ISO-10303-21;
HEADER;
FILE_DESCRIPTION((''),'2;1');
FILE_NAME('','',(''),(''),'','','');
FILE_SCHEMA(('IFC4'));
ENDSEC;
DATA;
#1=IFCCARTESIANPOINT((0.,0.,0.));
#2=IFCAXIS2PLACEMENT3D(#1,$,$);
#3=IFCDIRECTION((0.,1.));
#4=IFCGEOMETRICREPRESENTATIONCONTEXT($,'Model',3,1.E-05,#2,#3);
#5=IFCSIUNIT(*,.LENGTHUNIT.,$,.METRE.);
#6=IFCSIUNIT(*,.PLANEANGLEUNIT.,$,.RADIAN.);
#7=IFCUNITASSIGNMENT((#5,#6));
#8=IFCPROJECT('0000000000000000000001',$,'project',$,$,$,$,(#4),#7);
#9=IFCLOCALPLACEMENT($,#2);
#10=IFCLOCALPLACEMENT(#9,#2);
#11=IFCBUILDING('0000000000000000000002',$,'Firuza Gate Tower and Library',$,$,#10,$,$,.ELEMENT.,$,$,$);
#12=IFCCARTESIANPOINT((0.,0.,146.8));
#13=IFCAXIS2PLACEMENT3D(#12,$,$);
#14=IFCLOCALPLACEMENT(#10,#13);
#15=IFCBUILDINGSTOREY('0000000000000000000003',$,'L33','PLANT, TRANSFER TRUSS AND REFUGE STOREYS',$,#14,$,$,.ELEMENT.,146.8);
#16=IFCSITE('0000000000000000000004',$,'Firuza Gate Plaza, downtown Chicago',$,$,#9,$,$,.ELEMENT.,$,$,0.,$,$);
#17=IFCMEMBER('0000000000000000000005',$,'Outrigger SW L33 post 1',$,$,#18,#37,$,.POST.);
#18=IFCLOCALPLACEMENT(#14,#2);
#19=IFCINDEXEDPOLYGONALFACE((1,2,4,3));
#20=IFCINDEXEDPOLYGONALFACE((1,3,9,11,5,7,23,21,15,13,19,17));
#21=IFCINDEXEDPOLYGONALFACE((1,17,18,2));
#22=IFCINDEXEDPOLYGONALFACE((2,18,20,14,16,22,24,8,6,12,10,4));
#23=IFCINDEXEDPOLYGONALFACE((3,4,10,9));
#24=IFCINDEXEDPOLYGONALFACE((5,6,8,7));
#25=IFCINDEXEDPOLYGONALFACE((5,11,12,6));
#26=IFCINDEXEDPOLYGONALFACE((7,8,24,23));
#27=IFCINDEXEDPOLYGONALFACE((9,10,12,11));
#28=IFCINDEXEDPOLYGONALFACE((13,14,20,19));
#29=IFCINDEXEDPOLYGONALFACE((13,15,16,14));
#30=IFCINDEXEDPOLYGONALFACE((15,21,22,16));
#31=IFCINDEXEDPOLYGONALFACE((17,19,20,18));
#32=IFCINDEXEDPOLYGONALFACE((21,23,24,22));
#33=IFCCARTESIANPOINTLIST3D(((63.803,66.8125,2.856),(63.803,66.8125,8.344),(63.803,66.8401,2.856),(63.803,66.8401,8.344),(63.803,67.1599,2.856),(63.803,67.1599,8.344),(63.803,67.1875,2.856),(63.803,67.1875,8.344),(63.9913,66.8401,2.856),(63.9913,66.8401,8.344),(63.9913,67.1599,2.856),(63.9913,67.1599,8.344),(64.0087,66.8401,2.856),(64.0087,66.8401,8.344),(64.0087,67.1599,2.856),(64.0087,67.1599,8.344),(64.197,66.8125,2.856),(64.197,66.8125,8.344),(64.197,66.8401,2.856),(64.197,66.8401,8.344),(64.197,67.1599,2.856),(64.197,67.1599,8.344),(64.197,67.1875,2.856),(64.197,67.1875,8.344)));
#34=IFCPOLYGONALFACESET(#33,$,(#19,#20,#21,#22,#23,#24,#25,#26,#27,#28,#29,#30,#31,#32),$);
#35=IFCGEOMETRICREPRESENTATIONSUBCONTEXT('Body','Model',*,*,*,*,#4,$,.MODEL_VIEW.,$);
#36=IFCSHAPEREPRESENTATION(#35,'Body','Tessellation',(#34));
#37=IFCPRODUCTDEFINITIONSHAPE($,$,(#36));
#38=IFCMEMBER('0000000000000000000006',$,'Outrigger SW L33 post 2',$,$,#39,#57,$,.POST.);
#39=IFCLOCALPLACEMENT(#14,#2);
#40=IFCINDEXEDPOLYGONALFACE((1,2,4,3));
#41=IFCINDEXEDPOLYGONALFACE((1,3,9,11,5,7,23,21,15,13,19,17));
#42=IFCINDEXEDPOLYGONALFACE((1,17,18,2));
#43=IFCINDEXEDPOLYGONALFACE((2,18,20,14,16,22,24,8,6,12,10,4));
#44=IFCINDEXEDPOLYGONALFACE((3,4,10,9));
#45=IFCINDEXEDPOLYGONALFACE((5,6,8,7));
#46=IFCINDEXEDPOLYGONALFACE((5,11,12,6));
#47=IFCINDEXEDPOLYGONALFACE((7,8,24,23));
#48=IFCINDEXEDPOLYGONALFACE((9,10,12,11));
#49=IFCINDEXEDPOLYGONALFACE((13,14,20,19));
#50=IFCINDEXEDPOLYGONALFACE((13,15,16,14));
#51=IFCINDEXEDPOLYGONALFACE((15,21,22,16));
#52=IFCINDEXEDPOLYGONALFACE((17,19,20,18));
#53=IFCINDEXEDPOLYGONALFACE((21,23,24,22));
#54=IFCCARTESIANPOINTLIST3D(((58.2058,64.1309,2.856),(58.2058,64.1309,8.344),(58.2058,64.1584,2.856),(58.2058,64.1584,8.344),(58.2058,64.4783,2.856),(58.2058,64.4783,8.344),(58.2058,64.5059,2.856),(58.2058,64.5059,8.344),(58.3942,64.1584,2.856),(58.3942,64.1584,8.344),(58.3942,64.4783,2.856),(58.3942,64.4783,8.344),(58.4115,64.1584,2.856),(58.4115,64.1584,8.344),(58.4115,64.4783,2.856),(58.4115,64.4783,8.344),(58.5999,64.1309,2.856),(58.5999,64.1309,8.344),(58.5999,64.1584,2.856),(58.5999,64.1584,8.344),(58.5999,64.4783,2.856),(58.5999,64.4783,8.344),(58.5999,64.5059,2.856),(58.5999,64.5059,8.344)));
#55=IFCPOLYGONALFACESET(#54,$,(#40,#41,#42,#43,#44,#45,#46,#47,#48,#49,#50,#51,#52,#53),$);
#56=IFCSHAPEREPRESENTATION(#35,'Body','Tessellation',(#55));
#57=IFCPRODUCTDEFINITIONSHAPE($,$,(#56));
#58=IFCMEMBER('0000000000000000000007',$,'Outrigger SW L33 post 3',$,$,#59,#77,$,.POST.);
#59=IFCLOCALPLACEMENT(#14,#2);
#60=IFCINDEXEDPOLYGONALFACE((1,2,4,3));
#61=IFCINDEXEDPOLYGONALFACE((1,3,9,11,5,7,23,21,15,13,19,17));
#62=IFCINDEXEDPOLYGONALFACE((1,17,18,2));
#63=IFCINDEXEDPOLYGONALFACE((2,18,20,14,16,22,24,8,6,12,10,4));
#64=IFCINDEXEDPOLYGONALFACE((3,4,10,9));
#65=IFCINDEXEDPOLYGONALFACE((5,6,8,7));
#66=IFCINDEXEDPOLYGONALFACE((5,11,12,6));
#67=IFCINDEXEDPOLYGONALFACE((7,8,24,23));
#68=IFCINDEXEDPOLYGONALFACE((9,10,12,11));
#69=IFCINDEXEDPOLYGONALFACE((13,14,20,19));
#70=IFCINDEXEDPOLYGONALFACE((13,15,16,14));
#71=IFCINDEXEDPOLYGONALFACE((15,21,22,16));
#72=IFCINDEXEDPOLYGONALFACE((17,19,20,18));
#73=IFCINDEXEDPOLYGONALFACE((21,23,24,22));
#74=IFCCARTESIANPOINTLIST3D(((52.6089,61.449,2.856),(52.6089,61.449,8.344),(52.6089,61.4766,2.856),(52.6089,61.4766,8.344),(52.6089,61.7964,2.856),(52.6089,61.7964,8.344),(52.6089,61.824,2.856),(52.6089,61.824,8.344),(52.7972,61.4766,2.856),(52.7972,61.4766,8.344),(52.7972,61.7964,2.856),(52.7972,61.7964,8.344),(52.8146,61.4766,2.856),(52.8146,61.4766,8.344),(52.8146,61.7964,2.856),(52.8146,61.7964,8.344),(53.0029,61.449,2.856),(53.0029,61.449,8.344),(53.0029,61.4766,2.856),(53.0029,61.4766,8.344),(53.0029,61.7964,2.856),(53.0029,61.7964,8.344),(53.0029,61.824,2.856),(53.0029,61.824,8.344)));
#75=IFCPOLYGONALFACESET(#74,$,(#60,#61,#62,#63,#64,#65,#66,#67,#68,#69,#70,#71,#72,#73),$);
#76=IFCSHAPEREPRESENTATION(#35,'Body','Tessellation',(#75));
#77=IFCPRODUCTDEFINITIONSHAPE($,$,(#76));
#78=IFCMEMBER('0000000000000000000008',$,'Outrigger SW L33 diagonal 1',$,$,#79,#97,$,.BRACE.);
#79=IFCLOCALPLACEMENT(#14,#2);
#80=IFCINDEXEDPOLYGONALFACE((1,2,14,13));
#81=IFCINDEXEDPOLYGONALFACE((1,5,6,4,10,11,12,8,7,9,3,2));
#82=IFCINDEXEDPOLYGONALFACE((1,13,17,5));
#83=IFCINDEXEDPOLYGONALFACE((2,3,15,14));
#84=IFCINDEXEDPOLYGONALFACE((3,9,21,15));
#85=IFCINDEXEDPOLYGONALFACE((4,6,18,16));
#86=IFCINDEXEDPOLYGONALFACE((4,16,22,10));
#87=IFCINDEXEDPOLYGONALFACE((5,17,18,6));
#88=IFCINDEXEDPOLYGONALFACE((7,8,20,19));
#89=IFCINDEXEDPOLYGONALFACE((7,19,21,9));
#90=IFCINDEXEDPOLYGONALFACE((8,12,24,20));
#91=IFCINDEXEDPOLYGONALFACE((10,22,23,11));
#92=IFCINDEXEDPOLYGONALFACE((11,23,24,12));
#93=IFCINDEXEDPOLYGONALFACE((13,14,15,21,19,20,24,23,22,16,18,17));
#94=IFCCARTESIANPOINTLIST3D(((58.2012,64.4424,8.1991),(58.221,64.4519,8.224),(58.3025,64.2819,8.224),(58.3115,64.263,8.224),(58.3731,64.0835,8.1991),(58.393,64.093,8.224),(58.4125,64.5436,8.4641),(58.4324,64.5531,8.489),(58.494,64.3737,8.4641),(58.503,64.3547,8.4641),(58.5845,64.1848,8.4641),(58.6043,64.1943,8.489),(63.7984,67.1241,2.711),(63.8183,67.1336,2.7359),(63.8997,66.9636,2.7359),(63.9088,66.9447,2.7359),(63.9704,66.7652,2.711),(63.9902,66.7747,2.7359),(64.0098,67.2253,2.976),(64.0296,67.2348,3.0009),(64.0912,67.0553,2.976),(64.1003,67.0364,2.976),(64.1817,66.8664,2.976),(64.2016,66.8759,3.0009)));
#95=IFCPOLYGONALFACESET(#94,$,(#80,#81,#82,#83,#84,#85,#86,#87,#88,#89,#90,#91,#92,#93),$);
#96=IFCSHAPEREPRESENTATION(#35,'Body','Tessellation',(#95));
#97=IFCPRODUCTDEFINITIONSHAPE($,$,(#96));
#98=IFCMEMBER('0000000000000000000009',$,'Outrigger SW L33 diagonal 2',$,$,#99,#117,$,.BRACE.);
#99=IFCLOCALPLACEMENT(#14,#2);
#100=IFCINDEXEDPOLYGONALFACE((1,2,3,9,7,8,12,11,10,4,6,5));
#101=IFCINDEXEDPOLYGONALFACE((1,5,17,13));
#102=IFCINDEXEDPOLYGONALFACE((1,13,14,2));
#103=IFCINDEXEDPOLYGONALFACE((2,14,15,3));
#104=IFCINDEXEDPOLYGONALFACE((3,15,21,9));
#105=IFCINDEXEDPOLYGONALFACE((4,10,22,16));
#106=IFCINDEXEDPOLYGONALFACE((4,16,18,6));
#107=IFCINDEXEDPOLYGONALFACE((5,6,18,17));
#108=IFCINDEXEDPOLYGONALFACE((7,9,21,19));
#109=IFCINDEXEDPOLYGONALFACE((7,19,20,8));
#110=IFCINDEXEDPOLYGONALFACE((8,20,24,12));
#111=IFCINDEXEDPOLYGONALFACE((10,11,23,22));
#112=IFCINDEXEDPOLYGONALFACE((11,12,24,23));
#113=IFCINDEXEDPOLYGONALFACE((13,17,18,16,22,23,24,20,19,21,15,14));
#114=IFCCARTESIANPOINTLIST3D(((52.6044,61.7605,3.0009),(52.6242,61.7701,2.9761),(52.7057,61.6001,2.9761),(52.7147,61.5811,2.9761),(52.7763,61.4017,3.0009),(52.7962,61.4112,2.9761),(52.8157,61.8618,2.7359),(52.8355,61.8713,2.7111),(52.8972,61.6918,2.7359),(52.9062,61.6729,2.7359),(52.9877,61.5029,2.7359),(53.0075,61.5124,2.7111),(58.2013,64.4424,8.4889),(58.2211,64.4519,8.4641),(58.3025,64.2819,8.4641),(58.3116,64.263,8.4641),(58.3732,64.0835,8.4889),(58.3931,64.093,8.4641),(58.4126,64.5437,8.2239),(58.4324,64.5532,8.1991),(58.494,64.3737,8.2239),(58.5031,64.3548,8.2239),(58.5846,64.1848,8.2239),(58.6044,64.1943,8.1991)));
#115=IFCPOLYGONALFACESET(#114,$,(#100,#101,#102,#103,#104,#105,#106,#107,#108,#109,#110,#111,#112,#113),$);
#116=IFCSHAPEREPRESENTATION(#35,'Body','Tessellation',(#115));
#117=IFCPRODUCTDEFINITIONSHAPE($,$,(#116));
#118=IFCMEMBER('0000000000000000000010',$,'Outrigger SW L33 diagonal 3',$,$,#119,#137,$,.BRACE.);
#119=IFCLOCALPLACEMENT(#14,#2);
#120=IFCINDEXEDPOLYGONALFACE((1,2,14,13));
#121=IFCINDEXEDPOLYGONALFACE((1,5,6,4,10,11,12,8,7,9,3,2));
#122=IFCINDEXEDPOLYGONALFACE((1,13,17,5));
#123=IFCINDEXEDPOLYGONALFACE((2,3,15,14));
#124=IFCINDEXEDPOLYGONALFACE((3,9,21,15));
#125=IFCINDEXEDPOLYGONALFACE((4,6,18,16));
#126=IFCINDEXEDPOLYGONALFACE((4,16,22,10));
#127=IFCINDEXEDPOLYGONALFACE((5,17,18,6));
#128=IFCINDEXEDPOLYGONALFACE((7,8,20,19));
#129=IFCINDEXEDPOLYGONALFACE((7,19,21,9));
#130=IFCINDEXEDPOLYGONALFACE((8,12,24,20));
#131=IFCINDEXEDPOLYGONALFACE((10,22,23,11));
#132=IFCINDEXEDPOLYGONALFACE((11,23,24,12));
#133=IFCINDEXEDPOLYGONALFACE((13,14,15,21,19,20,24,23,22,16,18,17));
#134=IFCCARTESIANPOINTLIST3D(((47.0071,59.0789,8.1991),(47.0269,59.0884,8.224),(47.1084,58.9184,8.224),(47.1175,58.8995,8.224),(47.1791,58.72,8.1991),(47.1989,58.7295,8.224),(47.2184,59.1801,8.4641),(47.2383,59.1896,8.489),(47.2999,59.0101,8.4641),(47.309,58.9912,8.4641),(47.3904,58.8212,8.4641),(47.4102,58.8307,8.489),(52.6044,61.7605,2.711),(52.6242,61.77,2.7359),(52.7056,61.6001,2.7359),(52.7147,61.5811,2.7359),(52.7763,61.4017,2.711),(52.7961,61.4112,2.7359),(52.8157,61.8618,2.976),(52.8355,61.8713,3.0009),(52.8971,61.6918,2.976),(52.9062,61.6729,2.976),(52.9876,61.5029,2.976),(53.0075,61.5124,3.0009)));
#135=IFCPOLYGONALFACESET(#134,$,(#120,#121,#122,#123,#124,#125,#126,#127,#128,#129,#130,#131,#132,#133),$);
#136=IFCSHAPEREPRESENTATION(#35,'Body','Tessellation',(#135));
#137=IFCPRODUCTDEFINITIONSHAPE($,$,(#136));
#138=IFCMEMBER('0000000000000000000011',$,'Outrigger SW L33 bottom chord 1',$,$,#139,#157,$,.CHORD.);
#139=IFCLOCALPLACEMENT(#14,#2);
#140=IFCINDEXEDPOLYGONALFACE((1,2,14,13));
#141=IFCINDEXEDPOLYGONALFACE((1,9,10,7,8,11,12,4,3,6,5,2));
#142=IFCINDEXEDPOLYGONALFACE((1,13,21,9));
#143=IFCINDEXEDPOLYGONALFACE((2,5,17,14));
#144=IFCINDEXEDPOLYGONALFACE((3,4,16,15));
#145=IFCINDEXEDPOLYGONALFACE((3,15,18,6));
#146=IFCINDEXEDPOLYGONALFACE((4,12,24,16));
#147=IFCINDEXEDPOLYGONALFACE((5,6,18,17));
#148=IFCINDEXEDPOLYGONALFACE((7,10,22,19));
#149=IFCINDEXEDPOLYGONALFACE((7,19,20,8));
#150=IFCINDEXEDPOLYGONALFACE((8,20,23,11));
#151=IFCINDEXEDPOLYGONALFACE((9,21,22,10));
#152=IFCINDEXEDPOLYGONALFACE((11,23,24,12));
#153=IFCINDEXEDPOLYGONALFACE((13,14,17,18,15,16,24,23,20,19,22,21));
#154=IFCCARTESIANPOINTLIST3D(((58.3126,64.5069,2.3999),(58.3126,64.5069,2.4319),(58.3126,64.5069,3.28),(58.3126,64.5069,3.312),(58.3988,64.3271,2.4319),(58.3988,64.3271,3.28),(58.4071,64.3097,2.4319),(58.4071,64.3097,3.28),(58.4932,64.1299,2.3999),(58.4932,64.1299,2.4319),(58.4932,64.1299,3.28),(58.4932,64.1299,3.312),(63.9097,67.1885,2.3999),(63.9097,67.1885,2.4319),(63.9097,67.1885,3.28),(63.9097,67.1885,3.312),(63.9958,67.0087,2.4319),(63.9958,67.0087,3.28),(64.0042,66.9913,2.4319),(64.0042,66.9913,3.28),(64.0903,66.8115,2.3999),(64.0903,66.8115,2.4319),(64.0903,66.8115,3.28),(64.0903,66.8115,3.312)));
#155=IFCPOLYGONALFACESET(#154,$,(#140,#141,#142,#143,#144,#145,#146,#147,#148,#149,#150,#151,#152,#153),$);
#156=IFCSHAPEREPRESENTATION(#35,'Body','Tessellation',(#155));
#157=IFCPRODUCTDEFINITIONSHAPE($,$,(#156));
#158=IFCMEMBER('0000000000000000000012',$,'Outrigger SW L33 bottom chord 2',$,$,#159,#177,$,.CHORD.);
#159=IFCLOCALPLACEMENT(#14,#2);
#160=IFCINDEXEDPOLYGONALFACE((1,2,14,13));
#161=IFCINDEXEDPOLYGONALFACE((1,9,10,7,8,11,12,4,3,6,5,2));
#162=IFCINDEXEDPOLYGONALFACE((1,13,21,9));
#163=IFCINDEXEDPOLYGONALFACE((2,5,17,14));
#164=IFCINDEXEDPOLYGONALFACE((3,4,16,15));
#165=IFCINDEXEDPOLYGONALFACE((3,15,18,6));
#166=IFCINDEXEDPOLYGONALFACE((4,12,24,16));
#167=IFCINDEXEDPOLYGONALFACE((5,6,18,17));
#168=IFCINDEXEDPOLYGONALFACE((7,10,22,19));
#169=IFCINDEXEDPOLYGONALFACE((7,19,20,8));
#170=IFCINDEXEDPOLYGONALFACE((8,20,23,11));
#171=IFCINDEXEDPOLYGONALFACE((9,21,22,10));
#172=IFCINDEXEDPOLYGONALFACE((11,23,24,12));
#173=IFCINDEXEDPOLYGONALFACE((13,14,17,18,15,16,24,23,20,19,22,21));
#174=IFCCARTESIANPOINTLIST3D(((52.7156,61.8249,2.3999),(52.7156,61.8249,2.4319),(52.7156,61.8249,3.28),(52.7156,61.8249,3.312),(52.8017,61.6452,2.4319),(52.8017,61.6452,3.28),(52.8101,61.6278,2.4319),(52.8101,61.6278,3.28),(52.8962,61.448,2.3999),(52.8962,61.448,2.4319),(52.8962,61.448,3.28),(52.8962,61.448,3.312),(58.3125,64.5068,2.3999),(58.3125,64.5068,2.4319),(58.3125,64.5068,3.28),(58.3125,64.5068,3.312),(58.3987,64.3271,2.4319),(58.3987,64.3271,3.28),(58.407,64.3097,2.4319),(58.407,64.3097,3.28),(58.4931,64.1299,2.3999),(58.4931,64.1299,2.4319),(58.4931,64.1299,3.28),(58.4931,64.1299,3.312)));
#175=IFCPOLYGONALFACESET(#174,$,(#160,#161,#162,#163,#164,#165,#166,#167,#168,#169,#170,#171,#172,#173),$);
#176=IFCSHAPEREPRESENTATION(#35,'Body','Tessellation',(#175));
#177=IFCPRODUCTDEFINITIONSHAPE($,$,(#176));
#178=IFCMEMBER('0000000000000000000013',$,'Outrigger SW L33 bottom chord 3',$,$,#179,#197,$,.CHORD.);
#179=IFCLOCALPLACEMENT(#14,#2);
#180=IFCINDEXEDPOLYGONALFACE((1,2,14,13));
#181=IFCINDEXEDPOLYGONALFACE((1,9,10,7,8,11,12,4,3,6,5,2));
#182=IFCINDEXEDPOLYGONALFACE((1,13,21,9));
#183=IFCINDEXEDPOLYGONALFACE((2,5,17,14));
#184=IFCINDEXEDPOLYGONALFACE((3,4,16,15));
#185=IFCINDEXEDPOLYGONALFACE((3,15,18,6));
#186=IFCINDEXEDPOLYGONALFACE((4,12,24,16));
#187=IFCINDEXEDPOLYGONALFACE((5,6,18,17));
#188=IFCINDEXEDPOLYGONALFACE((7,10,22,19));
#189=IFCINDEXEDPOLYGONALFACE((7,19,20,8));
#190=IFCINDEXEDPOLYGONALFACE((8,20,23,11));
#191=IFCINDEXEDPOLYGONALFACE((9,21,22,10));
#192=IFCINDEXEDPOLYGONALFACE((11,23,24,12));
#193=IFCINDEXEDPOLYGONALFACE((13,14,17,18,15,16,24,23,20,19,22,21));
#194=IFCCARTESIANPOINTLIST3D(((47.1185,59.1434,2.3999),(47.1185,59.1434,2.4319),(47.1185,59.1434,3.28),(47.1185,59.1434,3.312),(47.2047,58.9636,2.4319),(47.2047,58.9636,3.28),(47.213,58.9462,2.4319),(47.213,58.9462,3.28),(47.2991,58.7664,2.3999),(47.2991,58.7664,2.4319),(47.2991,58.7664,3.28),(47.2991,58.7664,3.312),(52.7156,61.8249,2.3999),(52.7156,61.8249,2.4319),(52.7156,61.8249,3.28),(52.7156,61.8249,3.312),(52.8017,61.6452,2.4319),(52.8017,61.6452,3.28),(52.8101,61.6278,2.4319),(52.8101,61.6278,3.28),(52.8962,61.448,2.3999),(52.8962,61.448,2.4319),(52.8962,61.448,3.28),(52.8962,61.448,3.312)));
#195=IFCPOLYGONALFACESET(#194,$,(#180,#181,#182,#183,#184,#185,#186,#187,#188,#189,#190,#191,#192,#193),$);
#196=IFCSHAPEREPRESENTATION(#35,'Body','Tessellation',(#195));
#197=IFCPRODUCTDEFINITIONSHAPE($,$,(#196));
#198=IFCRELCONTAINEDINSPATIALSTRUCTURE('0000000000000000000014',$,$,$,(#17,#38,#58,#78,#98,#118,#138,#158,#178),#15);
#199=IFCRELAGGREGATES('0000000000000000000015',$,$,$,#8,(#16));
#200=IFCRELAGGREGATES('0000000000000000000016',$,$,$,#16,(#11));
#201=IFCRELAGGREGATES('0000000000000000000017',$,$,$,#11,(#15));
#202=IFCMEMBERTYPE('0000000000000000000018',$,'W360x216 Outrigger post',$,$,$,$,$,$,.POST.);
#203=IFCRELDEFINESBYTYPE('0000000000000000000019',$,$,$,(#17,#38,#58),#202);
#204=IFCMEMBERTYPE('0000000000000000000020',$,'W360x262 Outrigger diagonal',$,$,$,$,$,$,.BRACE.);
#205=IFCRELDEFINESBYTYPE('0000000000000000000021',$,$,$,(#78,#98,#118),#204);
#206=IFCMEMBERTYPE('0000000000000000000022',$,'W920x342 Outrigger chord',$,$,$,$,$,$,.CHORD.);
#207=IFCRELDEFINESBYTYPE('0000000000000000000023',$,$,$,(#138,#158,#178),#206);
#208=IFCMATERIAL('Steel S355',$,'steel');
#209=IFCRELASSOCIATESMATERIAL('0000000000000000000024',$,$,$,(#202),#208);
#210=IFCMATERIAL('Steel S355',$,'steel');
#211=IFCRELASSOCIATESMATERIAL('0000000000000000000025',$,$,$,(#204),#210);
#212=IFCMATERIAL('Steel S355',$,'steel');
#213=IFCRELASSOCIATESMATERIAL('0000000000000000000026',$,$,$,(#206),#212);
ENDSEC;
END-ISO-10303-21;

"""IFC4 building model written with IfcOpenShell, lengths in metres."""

from ifc_helpers import new_model, si_unit, direction, frame, origin, origin_2d, place, context, subcontext, project, spatial, i_section, extrude, material, material_profile, profile_set, type_object, element, save


model = new_model("IFC4")

# Units and contexts
model_context = context("Model", 3, precision=1e-05, world=origin(), true_north=direction((0.0, 1.0)))
body_context = subcontext(model_context, "Body", "Model", "MODEL_VIEW")
ifc_project = project(units=[si_unit("LENGTHUNIT", "METRE"), si_unit("PLANEANGLEUNIT", "RADIAN")], contexts=[model_context])

# Site, building, storey
site_placement = place(None, origin())
site = spatial("IfcSite", under=ifc_project, at=site_placement, Name="Firuza Gate Plaza, downtown Chicago", CompositionType="ELEMENT", RefElevation=0.0)
building_placement = place(site_placement, origin())
building = spatial("IfcBuilding", under=site, at=building_placement, Name="Firuza Gate Tower and Library", CompositionType="ELEMENT")
storey_placement = place(building_placement, frame((0.0, 0.0, 146.8)))
storey = spatial("IfcBuildingStorey", under=building, at=storey_placement, Name="L33", Description="PLANT, TRANSFER TRUSS AND REFUGE STOREYS", CompositionType="ELEMENT", Elevation=146.8)

# Members
ifc_material_1 = material(Name="Steel S355", Category="steel")
ifc_material_profile_1 = material_profile(ifc_material_1, i_section(OverallWidth=0.394, OverallDepth=0.375, WebThickness=0.0173, FlangeThickness=0.0276, at=origin_2d()))
ifc_profile_set_1 = profile_set([ifc_material_profile_1], Name="Steel S355")
member_type_1 = type_object("IfcMemberType", Name="W360x216 Outrigger post", PredefinedType="POST", material=ifc_profile_set_1)
for number, where, z_axis, x_axis, name in (
    (1, (64.0, 67.0, 2.856), (0.0, 0.0, 1.0), (1.0, 0.0, 0.0), "Outrigger SW L33 post 1"),
    (2, (58.4028, 64.3184, 2.856), (0.0, 0.0, 1.0), (1.0, 0.0, 0.0), "Outrigger SW L33 post 2"),
    (3, (52.8059, 61.6365, 2.856), (0.0, 0.0, 1.0), (1.0, 0.0, 0.0), "Outrigger SW L33 post 3"),
):
    element("IfcMember", number, at=place(storey_placement, frame(where, z_axis=z_axis, x_axis=x_axis)), inside=storey, type_object=member_type_1, Name=name, PredefinedType="POST", context=body_context, shape_type="SweptSolid", body=[
        extrude(i_section(OverallWidth=0.394, OverallDepth=0.375, WebThickness=0.0173, FlangeThickness=0.0276, at=origin_2d()), origin(), (0.0, 0.0, 1.0), 5.488),
    ])
ifc_material_2 = material(Name="Steel S355", Category="steel")
ifc_material_profile_2 = material_profile(ifc_material_2, i_section(OverallWidth=0.3979, OverallDepth=0.387, WebThickness=0.021, FlangeThickness=0.0332, at=origin_2d()))
ifc_profile_set_2 = profile_set([ifc_material_profile_2], Name="Steel S355")
member_type_2 = type_object("IfcMemberType", Name="W360x262 Outrigger diagonal", PredefinedType="BRACE", material=ifc_profile_set_2)
member_1_placement = place(storey_placement, frame((64.0, 67.0, 2.856), z_axis=(-0.675594, -0.323682, 0.662422), x_axis=(0.432076, -0.901837, 0.0)))
element("IfcMember", 4, at=member_1_placement, inside=storey, type_object=member_type_2, Name="Outrigger SW L33 diagonal 1", PredefinedType="BRACE", context=body_context, shape_type="SweptSolid", body=[
    extrude(i_section(OverallWidth=0.3979, OverallDepth=0.387, WebThickness=0.021, FlangeThickness=0.0332, at=origin_2d()), origin(), (0.0, 0.0, 1.0), 8.2849),
])
member_2_placement = place(storey_placement, frame((58.4028, 64.3184, 8.344), z_axis=(-0.675572, -0.323715, -0.662429), x_axis=(0.432124, -0.901814, 0.0)))
element("IfcMember", 5, at=member_2_placement, inside=storey, type_object=member_type_2, Name="Outrigger SW L33 diagonal 2", PredefinedType="BRACE", context=body_context, shape_type="SweptSolid", body=[
    extrude(i_section(OverallWidth=0.3979, OverallDepth=0.387, WebThickness=0.021, FlangeThickness=0.0332, at=origin_2d()), origin(), (0.0, 0.0, 1.0), 8.2847),
])
member_3_placement = place(storey_placement, frame((52.8059, 61.6365, 2.856), z_axis=(-0.675594, -0.323682, 0.662422), x_axis=(0.432076, -0.901837, 0.0)))
element("IfcMember", 6, at=member_3_placement, inside=storey, type_object=member_type_2, Name="Outrigger SW L33 diagonal 3", PredefinedType="BRACE", context=body_context, shape_type="SweptSolid", body=[
    extrude(i_section(OverallWidth=0.3979, OverallDepth=0.387, WebThickness=0.021, FlangeThickness=0.0332, at=origin_2d()), origin(), (0.0, 0.0, 1.0), 8.2849),
])
ifc_material_3 = material(Name="Steel S355", Category="steel")
ifc_material_profile_3 = material_profile(ifc_material_3, i_section(OverallWidth=0.418, OverallDepth=0.9121, WebThickness=0.0193, FlangeThickness=0.032, at=origin_2d()))
ifc_profile_set_3 = profile_set([ifc_material_profile_3], Name="Steel S355")
member_type_3 = type_object("IfcMemberType", Name="W920x342 Outrigger chord", PredefinedType="CHORD", material=ifc_profile_set_3)
for number, where, z_axis, x_axis, name in (
    (7, (64.0, 67.0, 2.856), (-0.901837, -0.432076, 0.0), (0.432076, -0.901837, 0.0), "Outrigger SW L33 bottom chord 1"),
    (8, (58.4028, 64.3184, 2.856), (-0.901814, -0.432124, 0.0), (0.432124, -0.901814, 0.0), "Outrigger SW L33 bottom chord 2"),
    (9, (52.8059, 61.6365, 2.856), (-0.901837, -0.432076, 0.0), (0.432076, -0.901837, 0.0), "Outrigger SW L33 bottom chord 3"),
):
    element("IfcMember", number, at=place(storey_placement, frame(where, z_axis=z_axis, x_axis=x_axis)), inside=storey, type_object=member_type_3, Name=name, PredefinedType="CHORD", context=body_context, shape_type="SweptSolid", body=[
        extrude(i_section(OverallWidth=0.418, OverallDepth=0.9121, WebThickness=0.0193, FlangeThickness=0.032, at=origin_2d()), origin(), (0.0, 0.0, 1.0), 6.2063),
    ])

save(model, "model.ifc")
